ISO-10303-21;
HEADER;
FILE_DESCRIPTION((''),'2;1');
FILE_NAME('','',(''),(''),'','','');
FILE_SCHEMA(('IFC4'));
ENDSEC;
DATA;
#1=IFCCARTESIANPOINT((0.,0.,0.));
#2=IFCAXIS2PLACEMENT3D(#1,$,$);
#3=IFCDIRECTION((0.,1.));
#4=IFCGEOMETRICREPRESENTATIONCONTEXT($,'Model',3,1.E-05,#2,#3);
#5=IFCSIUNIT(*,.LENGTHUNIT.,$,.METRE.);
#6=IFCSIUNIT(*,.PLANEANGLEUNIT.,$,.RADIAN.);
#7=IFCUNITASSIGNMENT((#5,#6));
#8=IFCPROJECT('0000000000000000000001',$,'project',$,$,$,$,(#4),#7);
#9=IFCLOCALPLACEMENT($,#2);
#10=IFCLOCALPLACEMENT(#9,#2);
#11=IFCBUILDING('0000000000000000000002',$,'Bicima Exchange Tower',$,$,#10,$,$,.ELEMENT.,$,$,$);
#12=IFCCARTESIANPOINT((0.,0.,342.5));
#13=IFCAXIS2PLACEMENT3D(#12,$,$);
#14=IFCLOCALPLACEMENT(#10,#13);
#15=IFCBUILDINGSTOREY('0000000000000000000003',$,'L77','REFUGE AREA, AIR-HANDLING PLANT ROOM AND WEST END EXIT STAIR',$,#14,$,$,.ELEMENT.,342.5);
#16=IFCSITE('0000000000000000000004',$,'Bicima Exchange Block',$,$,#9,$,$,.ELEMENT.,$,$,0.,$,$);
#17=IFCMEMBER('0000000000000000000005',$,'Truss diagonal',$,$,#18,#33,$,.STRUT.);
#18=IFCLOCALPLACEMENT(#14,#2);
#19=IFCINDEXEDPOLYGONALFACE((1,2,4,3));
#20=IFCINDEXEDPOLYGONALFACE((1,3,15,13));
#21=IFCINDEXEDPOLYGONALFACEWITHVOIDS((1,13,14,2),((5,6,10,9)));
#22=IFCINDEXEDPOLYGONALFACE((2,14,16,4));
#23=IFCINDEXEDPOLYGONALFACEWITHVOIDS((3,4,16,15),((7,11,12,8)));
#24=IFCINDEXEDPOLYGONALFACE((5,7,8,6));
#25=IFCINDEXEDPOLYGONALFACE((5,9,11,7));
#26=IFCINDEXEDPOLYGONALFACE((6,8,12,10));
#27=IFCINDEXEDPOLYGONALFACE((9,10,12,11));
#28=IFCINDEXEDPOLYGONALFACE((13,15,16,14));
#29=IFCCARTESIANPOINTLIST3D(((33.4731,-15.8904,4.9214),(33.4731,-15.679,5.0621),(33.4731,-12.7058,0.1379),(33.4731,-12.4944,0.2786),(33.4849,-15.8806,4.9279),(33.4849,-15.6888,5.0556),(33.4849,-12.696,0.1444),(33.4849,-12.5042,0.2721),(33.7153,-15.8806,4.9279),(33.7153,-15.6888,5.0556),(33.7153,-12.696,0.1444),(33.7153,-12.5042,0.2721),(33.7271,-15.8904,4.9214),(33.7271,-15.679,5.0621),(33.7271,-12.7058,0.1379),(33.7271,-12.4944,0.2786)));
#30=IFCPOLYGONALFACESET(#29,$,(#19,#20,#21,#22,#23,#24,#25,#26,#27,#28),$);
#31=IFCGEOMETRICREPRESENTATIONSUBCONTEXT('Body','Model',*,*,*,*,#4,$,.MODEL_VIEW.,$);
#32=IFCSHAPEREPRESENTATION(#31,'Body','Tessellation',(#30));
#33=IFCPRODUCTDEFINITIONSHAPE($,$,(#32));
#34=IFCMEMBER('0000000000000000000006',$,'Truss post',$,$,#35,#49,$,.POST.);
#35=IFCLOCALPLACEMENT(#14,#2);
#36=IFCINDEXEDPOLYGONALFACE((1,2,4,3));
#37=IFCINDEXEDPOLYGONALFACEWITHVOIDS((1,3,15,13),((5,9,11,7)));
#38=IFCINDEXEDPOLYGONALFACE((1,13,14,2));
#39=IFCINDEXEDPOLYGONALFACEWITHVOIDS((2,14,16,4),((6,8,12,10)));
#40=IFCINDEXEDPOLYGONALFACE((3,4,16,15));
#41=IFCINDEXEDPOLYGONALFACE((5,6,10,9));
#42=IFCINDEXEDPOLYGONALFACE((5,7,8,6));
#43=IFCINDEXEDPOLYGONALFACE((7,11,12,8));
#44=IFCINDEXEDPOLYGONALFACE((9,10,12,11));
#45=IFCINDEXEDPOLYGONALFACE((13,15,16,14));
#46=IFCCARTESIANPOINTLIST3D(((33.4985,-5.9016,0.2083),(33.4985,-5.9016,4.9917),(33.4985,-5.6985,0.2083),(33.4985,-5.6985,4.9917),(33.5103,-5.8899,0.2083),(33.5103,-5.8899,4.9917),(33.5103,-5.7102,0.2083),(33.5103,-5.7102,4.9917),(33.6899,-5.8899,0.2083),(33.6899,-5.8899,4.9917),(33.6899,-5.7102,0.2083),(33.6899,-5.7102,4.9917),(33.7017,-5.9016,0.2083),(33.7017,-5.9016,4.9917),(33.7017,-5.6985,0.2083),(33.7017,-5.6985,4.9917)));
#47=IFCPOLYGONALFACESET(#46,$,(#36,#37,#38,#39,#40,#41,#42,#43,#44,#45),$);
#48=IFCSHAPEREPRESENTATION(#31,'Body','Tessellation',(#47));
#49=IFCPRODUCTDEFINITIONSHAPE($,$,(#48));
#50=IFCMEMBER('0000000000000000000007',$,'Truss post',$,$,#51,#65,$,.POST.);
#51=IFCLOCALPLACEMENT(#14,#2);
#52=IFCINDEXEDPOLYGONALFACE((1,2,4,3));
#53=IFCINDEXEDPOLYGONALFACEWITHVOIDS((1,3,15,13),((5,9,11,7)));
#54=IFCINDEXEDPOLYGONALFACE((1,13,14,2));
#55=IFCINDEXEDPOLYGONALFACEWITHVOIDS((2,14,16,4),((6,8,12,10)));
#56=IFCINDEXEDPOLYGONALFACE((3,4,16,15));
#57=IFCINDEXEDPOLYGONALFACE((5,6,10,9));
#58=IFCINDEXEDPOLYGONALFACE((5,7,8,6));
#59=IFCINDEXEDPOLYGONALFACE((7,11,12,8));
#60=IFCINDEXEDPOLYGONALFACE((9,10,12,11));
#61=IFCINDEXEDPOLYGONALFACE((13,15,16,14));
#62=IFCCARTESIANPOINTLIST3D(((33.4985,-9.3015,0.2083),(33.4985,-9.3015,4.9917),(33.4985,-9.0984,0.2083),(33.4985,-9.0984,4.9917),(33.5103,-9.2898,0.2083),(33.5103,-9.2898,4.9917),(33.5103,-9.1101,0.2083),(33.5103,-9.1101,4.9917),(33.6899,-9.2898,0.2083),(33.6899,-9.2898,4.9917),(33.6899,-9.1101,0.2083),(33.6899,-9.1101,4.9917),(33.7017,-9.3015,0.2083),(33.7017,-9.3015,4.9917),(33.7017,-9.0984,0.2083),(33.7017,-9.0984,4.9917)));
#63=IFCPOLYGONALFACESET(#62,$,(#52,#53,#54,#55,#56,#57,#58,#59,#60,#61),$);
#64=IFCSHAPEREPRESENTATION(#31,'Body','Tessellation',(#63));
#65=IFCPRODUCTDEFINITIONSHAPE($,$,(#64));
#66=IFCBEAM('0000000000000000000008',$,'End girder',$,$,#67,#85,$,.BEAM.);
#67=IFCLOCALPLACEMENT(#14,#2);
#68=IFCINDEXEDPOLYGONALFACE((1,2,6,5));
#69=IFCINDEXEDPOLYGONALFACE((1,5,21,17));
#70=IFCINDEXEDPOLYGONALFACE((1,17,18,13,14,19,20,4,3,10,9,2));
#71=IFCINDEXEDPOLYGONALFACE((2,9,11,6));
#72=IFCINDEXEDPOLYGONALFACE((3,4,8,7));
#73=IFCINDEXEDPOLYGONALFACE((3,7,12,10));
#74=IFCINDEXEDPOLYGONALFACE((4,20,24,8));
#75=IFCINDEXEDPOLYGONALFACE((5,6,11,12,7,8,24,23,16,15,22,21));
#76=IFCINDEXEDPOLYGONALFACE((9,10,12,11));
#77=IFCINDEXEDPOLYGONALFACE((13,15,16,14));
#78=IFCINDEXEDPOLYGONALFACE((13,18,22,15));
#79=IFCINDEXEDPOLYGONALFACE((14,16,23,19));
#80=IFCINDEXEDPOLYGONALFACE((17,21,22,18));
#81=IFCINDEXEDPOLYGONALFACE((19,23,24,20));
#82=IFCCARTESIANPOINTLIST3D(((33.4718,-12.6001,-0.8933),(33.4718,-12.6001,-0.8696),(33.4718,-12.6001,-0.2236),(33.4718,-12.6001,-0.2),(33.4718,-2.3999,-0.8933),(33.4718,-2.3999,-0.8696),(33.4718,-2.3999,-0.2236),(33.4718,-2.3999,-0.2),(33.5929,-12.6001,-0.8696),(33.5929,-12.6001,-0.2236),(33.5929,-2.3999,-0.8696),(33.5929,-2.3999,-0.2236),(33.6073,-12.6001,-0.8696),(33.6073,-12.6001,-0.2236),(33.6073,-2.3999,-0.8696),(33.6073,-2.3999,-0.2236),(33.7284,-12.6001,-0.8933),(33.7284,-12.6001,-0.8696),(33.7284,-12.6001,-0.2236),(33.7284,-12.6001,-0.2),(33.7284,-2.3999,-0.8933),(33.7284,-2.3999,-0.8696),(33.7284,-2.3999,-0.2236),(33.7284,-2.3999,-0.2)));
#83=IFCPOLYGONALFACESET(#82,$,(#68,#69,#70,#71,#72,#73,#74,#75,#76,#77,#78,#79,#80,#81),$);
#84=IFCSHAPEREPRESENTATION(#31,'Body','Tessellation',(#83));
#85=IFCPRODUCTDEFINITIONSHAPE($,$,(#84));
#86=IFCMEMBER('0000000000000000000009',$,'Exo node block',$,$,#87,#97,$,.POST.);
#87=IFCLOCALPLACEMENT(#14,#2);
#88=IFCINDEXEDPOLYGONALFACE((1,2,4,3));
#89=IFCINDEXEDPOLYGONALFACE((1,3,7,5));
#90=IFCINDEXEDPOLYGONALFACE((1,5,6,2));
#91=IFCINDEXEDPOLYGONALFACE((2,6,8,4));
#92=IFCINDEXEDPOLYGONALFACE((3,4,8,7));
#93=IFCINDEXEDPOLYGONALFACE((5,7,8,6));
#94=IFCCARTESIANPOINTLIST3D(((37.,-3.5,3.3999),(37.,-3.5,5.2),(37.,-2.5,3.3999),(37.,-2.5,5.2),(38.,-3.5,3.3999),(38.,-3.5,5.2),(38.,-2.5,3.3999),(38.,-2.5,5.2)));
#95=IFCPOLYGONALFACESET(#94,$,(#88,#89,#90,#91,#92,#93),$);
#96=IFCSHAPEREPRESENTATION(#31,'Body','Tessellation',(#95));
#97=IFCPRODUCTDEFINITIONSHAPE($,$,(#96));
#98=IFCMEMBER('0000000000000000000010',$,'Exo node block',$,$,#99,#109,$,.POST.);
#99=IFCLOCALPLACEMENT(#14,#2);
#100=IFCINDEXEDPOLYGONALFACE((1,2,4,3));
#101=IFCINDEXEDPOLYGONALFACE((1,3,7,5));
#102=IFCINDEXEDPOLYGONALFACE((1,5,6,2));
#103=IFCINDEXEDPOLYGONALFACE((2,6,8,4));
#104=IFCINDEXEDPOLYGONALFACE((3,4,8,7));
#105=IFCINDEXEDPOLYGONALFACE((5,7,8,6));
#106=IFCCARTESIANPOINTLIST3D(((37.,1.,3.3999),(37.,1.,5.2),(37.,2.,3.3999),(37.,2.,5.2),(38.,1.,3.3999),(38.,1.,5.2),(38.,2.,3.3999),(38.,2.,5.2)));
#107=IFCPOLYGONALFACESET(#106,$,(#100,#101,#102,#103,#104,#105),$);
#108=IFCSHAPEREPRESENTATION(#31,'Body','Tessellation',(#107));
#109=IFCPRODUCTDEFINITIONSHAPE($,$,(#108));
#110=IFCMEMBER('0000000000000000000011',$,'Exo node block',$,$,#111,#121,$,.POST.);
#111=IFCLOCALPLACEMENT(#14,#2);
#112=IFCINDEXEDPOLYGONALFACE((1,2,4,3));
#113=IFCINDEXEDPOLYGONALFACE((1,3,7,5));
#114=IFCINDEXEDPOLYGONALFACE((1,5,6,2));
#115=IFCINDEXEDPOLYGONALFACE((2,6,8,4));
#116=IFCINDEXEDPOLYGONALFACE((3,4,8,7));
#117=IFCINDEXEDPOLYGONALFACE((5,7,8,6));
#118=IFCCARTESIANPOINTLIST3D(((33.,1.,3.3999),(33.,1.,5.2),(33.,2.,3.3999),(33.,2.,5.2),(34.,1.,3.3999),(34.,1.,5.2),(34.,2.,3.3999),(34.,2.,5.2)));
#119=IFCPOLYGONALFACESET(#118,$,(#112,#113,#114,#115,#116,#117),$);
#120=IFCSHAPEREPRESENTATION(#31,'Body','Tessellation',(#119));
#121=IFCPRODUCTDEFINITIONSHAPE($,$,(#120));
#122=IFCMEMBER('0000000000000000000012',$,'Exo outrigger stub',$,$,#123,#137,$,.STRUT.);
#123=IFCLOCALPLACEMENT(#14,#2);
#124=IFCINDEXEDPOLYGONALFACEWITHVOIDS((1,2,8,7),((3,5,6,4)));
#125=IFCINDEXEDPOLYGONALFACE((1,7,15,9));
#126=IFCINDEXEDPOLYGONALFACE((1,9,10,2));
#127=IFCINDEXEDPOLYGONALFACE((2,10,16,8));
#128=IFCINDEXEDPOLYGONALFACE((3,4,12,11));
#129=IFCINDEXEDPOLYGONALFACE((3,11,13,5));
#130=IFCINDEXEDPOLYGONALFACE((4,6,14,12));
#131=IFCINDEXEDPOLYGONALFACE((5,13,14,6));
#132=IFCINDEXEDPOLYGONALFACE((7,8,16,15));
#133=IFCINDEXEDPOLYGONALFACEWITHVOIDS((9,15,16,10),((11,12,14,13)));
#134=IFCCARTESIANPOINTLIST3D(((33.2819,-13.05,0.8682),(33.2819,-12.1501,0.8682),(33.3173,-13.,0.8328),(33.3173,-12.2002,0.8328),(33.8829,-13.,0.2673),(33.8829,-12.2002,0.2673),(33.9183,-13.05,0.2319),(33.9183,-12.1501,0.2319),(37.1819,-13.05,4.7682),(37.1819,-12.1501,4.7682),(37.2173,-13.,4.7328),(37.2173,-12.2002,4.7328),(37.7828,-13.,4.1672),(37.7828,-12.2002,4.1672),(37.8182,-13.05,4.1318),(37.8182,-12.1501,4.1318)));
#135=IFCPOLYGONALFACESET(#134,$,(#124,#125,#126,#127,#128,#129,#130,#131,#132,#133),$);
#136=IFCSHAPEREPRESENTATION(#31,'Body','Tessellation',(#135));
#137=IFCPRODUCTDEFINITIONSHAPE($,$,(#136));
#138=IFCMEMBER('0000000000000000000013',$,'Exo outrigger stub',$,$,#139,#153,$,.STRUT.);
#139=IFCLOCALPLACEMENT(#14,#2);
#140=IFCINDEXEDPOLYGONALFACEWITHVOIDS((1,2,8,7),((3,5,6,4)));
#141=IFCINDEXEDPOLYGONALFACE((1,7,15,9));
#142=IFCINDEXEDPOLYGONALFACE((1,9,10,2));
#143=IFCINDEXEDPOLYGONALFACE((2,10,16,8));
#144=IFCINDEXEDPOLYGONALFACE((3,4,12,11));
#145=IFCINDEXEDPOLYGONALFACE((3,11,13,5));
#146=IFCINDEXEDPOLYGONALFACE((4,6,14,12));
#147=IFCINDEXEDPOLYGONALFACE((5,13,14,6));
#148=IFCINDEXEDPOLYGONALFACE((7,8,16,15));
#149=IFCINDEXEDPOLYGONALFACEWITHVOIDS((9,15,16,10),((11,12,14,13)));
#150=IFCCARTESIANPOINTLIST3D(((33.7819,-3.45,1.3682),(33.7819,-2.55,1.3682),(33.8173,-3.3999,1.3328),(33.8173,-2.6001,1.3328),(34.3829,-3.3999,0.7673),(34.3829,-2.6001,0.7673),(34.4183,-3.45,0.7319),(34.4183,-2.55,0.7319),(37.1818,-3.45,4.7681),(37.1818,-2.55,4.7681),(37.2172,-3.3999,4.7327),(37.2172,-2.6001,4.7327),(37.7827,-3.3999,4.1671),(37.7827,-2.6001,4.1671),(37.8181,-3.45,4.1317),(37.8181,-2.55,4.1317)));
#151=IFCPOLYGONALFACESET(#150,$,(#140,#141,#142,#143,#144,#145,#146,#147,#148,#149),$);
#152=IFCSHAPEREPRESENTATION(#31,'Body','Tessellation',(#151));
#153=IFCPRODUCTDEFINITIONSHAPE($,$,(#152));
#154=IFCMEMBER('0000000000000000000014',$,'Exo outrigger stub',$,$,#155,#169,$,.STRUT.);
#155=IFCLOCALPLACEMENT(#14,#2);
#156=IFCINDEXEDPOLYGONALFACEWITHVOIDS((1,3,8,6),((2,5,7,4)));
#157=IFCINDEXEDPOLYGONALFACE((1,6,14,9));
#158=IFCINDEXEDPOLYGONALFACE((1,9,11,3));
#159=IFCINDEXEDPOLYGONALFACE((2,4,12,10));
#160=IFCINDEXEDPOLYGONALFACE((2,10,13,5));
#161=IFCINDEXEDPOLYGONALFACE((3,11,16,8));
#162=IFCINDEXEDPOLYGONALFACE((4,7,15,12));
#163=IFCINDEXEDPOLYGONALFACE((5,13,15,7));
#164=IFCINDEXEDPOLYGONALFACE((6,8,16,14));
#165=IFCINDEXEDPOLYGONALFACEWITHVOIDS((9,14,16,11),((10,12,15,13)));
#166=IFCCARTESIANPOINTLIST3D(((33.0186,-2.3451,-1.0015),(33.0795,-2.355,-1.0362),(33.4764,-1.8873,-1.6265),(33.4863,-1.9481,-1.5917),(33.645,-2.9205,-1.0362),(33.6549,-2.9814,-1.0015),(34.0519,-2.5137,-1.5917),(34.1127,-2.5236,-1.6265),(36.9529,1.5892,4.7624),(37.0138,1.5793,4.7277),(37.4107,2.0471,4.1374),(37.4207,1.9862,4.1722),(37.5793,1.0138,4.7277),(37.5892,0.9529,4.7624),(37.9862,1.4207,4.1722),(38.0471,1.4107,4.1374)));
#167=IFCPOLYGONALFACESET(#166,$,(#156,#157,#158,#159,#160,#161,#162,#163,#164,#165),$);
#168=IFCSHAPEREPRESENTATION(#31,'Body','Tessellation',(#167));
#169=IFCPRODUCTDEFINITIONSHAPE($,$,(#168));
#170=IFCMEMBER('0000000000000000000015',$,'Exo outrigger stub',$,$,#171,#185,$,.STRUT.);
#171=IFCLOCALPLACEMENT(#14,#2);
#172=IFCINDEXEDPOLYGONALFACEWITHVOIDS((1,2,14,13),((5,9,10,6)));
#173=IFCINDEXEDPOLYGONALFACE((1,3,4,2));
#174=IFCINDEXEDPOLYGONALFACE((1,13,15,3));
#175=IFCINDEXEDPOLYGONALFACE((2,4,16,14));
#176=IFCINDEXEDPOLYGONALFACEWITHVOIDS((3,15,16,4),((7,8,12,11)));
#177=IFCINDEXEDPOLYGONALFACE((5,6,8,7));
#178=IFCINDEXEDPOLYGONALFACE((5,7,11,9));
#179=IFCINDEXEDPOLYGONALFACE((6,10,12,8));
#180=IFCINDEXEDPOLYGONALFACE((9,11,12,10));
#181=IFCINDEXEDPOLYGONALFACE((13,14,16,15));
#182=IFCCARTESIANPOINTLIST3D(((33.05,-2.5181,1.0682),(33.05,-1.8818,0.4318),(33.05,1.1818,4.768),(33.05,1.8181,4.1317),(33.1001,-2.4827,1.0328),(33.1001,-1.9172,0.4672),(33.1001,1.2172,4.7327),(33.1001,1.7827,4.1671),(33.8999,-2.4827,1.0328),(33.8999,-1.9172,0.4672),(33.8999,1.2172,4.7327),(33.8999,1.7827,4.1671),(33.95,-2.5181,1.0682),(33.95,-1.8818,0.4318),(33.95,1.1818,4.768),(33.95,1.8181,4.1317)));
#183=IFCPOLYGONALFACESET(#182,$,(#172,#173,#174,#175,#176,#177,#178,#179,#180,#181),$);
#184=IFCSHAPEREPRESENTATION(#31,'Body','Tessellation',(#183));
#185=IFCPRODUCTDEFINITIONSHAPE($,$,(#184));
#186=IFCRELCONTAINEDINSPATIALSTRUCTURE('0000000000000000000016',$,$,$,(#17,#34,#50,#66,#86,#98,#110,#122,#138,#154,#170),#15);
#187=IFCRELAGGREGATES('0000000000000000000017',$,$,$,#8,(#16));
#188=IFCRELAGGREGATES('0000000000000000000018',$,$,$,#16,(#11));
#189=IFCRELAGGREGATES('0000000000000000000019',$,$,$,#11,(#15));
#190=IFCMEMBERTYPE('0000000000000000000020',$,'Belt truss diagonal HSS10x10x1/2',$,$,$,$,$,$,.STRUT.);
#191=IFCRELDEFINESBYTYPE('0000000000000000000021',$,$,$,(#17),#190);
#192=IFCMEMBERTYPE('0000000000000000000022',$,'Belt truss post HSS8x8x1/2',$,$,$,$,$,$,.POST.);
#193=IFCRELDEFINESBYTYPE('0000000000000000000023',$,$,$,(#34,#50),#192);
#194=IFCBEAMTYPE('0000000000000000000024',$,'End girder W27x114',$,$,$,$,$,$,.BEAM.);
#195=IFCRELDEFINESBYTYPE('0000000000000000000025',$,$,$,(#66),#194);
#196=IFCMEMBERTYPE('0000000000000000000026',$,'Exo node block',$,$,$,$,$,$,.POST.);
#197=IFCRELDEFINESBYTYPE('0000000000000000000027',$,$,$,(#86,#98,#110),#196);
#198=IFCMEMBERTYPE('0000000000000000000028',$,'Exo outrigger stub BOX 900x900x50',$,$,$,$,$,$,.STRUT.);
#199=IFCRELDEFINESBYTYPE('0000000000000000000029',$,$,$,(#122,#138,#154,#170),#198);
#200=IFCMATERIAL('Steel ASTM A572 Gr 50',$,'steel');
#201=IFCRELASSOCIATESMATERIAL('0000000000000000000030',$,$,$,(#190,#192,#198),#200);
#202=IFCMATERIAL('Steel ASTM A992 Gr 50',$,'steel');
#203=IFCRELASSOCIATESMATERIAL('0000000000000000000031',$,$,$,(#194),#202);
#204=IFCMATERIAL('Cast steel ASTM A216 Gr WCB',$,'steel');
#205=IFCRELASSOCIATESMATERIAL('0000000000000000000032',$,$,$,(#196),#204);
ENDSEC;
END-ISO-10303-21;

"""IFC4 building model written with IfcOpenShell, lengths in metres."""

from ifc_helpers import new_model, si_unit, direction, frame, origin, origin_2d, place, context, subcontext, project, spatial, rectangle, hollow_rectangle, i_section, extrude, material, material_profile, profile_set, type_object, element, save


model = new_model("IFC4")

# Units and contexts
model_context = context("Model", 3, precision=1e-05, world=origin(), true_north=direction((0.0, 1.0)))
body_context = subcontext(model_context, "Body", "Model", "MODEL_VIEW")
ifc_project = project(units=[si_unit("LENGTHUNIT", "METRE"), si_unit("PLANEANGLEUNIT", "RADIAN")], contexts=[model_context])

# Site, building, storey
site_placement = place(None, origin())
site = spatial("IfcSite", under=ifc_project, at=site_placement, Name="Bicima Exchange Block", CompositionType="ELEMENT", RefElevation=0.0)
building_placement = place(site_placement, origin())
building = spatial("IfcBuilding", under=site, at=building_placement, Name="Bicima Exchange Tower", CompositionType="ELEMENT")
storey_placement = place(building_placement, frame((0.0, 0.0, 342.5)))
storey = spatial("IfcBuildingStorey", under=building, at=storey_placement, Name="L77", Description="REFUGE AREA, AIR-HANDLING PLANT ROOM AND WEST END EXIT STAIR", CompositionType="ELEMENT", Elevation=342.5)

# Shared definitions
ifc_material_1 = material(Name="Steel ASTM A572 Gr 50", Category="steel")

# Members
ifc_material_2 = material(Name="Steel ASTM A992 Gr 50", Category="steel")
ifc_material_profile_1 = material_profile(ifc_material_1, hollow_rectangle(XDim=0.2539, YDim=0.2539, WallThickness=0.0117, at=origin_2d()))
ifc_profile_set_1 = profile_set([ifc_material_profile_1], Name="Steel ASTM A572 Gr 50")
member_type_1 = type_object("IfcMemberType", Name="Belt truss diagonal HSS10x10x1/2", PredefinedType="STRUT", material=ifc_profile_set_1)
member_1_placement = place(storey_placement, frame((33.6001, -12.6001, 0.2083), z_axis=(0.0, -0.554171, 0.832403), x_axis=(1.0, 0.0, 0.0)))
element("IfcMember", 1, at=member_1_placement, inside=storey, type_object=member_type_1, Name="Truss diagonal", PredefinedType="STRUT", context=body_context, shape_type="SweptSolid", body=[
    extrude(hollow_rectangle(XDim=0.2539, YDim=0.2539, WallThickness=0.0117, at=origin_2d()), origin(), (0.0, 0.0, 1.0), 5.7466),
])
ifc_material_profile_2 = material_profile(ifc_material_1, hollow_rectangle(XDim=0.2031, YDim=0.2031, WallThickness=0.0117, at=origin_2d()))
ifc_profile_set_2 = profile_set([ifc_material_profile_2], Name="Steel ASTM A572 Gr 50")
member_type_2 = type_object("IfcMemberType", Name="Belt truss post HSS8x8x1/2", PredefinedType="POST", material=ifc_profile_set_2)
for number, where, z_axis, x_axis, name in (
    (2, (33.6001, -5.8, 0.2083), (0.0, 0.0, 1.0), (1.0, 0.0, 0.0), "Truss post"),
    (3, (33.6001, -9.2, 0.2083), (0.0, 0.0, 1.0), (1.0, 0.0, 0.0), "Truss post"),
):
    element("IfcMember", number, at=place(storey_placement, frame(where, z_axis=z_axis, x_axis=x_axis)), inside=storey, type_object=member_type_2, Name=name, PredefinedType="POST", context=body_context, shape_type="SweptSolid", body=[
        extrude(hollow_rectangle(XDim=0.2031, YDim=0.2031, WallThickness=0.0117, at=origin_2d()), origin(), (0.0, 0.0, 1.0), 4.7834),
    ])

# Beam
ifc_material_profile_3 = material_profile(ifc_material_2, i_section(OverallWidth=0.2566, OverallDepth=0.6934, WebThickness=0.0144, FlangeThickness=0.0237, at=origin_2d()))
ifc_profile_set_3 = profile_set([ifc_material_profile_3], Name="Steel ASTM A992 Gr 50")
beam_type_1 = type_object("IfcBeamType", Name="End girder W27x114", PredefinedType="BEAM", material=ifc_profile_set_3)
beam_1_placement = place(storey_placement, frame((33.6001, -2.3999, -0.5466), z_axis=(0.0, -1.0, 0.0), x_axis=(1.0, 0.0, 0.0)))
element("IfcBeam", 4, at=beam_1_placement, inside=storey, type_object=beam_type_1, Name="End girder", PredefinedType="BEAM", context=body_context, shape_type="SweptSolid", body=[
    extrude(i_section(OverallWidth=0.2566, OverallDepth=0.6934, WebThickness=0.0144, FlangeThickness=0.0237, at=origin_2d()), origin(), (0.0, 0.0, 1.0), 10.2002),
])

# Members
ifc_material_3 = material(Name="Cast steel ASTM A216 Gr WCB", Category="steel")
ifc_material_profile_4 = material_profile(ifc_material_3, rectangle(XDim=1.0, YDim=1.0, at=origin_2d()))
ifc_profile_set_4 = profile_set([ifc_material_profile_4], Name="Cast steel ASTM A216 Gr WCB")
member_type_3 = type_object("IfcMemberType", Name="Exo node block", PredefinedType="POST", material=ifc_profile_set_4)
for number, where, z_axis, x_axis, name in (
    (5, (37.5, -3.0, 3.3999), (0.0, 0.0, 1.0), (1.0, 0.0, 0.0), "Exo node block"),
    (6, (37.5, 1.5, 3.3999), (0.0, 0.0, 1.0), (1.0, 0.0, 0.0), "Exo node block"),
    (7, (33.5, 1.5, 3.3999), (0.0, 0.0, 1.0), (1.0, 0.0, 0.0), "Exo node block"),
):
    element("IfcMember", number, at=place(storey_placement, frame(where, z_axis=z_axis, x_axis=x_axis)), inside=storey, type_object=member_type_3, Name=name, PredefinedType="POST", context=body_context, shape_type="SweptSolid", body=[
        extrude(rectangle(XDim=1.0, YDim=1.0, at=origin_2d()), origin(), (0.0, 0.0, 1.0), 1.8),
    ])
ifc_material_profile_5 = material_profile(ifc_material_1, hollow_rectangle(XDim=0.8999, YDim=0.8999, WallThickness=0.05, at=origin_2d()))
ifc_profile_set_5 = profile_set([ifc_material_profile_5], Name="Steel ASTM A572 Gr 50")
member_type_4 = type_object("IfcMemberType", Name="Exo outrigger stub BOX 900x900x50", PredefinedType="STRUT", material=ifc_profile_set_5)
member_2_placement = place(storey_placement, frame((33.6001, -12.6001, 0.55), z_axis=(0.707107, 0.0, 0.707107), x_axis=(0.0, 1.0, 0.0)))
element("IfcMember", 8, at=member_2_placement, inside=storey, type_object=member_type_4, Name="Exo outrigger stub", PredefinedType="STRUT", context=body_context, shape_type="SweptSolid", body=[
    extrude(hollow_rectangle(XDim=0.8999, YDim=0.8999, WallThickness=0.05, at=origin_2d()), origin(), (0.0, 0.0, 1.0), 5.5154),
])
member_3_placement = place(storey_placement, frame((34.1001, -3.0, 1.05), z_axis=(0.707107, 0.0, 0.707107), x_axis=(0.0, 1.0, 0.0)))
element("IfcMember", 9, at=member_3_placement, inside=storey, type_object=member_type_4, Name="Exo outrigger stub", PredefinedType="STRUT", context=body_context, shape_type="SweptSolid", body=[
    extrude(hollow_rectangle(XDim=0.8999, YDim=0.8999, WallThickness=0.05, at=origin_2d()), origin(), (0.0, 0.0, 1.0), 4.8081),
])
member_4_placement = place(storey_placement, frame((33.5657, -2.4343, -1.314), z_axis=(0.491098, 0.491098, 0.719475), x_axis=(-0.707107, 0.707107, 0.0)))
element("IfcMember", 10, at=member_4_placement, inside=storey, type_object=member_type_4, Name="Exo outrigger stub", PredefinedType="STRUT", context=body_context, shape_type="SweptSolid", body=[
    extrude(hollow_rectangle(XDim=0.8999, YDim=0.8999, WallThickness=0.05, at=origin_2d()), origin(), (0.0, 0.0, 1.0), 8.0112),
])
member_5_placement = place(storey_placement, frame((33.5, -2.2, 0.75), z_axis=(0.0, 0.707107, 0.707107), x_axis=(-1.0, 0.0, 0.0)))
element("IfcMember", 11, at=member_5_placement, inside=storey, type_object=member_type_4, Name="Exo outrigger stub", PredefinedType="STRUT", context=body_context, shape_type="SweptSolid", body=[
    extrude(hollow_rectangle(XDim=0.8999, YDim=0.8999, WallThickness=0.05, at=origin_2d()), origin(), (0.0, 0.0, 1.0), 5.2324),
])

save(model, "model.ifc")
